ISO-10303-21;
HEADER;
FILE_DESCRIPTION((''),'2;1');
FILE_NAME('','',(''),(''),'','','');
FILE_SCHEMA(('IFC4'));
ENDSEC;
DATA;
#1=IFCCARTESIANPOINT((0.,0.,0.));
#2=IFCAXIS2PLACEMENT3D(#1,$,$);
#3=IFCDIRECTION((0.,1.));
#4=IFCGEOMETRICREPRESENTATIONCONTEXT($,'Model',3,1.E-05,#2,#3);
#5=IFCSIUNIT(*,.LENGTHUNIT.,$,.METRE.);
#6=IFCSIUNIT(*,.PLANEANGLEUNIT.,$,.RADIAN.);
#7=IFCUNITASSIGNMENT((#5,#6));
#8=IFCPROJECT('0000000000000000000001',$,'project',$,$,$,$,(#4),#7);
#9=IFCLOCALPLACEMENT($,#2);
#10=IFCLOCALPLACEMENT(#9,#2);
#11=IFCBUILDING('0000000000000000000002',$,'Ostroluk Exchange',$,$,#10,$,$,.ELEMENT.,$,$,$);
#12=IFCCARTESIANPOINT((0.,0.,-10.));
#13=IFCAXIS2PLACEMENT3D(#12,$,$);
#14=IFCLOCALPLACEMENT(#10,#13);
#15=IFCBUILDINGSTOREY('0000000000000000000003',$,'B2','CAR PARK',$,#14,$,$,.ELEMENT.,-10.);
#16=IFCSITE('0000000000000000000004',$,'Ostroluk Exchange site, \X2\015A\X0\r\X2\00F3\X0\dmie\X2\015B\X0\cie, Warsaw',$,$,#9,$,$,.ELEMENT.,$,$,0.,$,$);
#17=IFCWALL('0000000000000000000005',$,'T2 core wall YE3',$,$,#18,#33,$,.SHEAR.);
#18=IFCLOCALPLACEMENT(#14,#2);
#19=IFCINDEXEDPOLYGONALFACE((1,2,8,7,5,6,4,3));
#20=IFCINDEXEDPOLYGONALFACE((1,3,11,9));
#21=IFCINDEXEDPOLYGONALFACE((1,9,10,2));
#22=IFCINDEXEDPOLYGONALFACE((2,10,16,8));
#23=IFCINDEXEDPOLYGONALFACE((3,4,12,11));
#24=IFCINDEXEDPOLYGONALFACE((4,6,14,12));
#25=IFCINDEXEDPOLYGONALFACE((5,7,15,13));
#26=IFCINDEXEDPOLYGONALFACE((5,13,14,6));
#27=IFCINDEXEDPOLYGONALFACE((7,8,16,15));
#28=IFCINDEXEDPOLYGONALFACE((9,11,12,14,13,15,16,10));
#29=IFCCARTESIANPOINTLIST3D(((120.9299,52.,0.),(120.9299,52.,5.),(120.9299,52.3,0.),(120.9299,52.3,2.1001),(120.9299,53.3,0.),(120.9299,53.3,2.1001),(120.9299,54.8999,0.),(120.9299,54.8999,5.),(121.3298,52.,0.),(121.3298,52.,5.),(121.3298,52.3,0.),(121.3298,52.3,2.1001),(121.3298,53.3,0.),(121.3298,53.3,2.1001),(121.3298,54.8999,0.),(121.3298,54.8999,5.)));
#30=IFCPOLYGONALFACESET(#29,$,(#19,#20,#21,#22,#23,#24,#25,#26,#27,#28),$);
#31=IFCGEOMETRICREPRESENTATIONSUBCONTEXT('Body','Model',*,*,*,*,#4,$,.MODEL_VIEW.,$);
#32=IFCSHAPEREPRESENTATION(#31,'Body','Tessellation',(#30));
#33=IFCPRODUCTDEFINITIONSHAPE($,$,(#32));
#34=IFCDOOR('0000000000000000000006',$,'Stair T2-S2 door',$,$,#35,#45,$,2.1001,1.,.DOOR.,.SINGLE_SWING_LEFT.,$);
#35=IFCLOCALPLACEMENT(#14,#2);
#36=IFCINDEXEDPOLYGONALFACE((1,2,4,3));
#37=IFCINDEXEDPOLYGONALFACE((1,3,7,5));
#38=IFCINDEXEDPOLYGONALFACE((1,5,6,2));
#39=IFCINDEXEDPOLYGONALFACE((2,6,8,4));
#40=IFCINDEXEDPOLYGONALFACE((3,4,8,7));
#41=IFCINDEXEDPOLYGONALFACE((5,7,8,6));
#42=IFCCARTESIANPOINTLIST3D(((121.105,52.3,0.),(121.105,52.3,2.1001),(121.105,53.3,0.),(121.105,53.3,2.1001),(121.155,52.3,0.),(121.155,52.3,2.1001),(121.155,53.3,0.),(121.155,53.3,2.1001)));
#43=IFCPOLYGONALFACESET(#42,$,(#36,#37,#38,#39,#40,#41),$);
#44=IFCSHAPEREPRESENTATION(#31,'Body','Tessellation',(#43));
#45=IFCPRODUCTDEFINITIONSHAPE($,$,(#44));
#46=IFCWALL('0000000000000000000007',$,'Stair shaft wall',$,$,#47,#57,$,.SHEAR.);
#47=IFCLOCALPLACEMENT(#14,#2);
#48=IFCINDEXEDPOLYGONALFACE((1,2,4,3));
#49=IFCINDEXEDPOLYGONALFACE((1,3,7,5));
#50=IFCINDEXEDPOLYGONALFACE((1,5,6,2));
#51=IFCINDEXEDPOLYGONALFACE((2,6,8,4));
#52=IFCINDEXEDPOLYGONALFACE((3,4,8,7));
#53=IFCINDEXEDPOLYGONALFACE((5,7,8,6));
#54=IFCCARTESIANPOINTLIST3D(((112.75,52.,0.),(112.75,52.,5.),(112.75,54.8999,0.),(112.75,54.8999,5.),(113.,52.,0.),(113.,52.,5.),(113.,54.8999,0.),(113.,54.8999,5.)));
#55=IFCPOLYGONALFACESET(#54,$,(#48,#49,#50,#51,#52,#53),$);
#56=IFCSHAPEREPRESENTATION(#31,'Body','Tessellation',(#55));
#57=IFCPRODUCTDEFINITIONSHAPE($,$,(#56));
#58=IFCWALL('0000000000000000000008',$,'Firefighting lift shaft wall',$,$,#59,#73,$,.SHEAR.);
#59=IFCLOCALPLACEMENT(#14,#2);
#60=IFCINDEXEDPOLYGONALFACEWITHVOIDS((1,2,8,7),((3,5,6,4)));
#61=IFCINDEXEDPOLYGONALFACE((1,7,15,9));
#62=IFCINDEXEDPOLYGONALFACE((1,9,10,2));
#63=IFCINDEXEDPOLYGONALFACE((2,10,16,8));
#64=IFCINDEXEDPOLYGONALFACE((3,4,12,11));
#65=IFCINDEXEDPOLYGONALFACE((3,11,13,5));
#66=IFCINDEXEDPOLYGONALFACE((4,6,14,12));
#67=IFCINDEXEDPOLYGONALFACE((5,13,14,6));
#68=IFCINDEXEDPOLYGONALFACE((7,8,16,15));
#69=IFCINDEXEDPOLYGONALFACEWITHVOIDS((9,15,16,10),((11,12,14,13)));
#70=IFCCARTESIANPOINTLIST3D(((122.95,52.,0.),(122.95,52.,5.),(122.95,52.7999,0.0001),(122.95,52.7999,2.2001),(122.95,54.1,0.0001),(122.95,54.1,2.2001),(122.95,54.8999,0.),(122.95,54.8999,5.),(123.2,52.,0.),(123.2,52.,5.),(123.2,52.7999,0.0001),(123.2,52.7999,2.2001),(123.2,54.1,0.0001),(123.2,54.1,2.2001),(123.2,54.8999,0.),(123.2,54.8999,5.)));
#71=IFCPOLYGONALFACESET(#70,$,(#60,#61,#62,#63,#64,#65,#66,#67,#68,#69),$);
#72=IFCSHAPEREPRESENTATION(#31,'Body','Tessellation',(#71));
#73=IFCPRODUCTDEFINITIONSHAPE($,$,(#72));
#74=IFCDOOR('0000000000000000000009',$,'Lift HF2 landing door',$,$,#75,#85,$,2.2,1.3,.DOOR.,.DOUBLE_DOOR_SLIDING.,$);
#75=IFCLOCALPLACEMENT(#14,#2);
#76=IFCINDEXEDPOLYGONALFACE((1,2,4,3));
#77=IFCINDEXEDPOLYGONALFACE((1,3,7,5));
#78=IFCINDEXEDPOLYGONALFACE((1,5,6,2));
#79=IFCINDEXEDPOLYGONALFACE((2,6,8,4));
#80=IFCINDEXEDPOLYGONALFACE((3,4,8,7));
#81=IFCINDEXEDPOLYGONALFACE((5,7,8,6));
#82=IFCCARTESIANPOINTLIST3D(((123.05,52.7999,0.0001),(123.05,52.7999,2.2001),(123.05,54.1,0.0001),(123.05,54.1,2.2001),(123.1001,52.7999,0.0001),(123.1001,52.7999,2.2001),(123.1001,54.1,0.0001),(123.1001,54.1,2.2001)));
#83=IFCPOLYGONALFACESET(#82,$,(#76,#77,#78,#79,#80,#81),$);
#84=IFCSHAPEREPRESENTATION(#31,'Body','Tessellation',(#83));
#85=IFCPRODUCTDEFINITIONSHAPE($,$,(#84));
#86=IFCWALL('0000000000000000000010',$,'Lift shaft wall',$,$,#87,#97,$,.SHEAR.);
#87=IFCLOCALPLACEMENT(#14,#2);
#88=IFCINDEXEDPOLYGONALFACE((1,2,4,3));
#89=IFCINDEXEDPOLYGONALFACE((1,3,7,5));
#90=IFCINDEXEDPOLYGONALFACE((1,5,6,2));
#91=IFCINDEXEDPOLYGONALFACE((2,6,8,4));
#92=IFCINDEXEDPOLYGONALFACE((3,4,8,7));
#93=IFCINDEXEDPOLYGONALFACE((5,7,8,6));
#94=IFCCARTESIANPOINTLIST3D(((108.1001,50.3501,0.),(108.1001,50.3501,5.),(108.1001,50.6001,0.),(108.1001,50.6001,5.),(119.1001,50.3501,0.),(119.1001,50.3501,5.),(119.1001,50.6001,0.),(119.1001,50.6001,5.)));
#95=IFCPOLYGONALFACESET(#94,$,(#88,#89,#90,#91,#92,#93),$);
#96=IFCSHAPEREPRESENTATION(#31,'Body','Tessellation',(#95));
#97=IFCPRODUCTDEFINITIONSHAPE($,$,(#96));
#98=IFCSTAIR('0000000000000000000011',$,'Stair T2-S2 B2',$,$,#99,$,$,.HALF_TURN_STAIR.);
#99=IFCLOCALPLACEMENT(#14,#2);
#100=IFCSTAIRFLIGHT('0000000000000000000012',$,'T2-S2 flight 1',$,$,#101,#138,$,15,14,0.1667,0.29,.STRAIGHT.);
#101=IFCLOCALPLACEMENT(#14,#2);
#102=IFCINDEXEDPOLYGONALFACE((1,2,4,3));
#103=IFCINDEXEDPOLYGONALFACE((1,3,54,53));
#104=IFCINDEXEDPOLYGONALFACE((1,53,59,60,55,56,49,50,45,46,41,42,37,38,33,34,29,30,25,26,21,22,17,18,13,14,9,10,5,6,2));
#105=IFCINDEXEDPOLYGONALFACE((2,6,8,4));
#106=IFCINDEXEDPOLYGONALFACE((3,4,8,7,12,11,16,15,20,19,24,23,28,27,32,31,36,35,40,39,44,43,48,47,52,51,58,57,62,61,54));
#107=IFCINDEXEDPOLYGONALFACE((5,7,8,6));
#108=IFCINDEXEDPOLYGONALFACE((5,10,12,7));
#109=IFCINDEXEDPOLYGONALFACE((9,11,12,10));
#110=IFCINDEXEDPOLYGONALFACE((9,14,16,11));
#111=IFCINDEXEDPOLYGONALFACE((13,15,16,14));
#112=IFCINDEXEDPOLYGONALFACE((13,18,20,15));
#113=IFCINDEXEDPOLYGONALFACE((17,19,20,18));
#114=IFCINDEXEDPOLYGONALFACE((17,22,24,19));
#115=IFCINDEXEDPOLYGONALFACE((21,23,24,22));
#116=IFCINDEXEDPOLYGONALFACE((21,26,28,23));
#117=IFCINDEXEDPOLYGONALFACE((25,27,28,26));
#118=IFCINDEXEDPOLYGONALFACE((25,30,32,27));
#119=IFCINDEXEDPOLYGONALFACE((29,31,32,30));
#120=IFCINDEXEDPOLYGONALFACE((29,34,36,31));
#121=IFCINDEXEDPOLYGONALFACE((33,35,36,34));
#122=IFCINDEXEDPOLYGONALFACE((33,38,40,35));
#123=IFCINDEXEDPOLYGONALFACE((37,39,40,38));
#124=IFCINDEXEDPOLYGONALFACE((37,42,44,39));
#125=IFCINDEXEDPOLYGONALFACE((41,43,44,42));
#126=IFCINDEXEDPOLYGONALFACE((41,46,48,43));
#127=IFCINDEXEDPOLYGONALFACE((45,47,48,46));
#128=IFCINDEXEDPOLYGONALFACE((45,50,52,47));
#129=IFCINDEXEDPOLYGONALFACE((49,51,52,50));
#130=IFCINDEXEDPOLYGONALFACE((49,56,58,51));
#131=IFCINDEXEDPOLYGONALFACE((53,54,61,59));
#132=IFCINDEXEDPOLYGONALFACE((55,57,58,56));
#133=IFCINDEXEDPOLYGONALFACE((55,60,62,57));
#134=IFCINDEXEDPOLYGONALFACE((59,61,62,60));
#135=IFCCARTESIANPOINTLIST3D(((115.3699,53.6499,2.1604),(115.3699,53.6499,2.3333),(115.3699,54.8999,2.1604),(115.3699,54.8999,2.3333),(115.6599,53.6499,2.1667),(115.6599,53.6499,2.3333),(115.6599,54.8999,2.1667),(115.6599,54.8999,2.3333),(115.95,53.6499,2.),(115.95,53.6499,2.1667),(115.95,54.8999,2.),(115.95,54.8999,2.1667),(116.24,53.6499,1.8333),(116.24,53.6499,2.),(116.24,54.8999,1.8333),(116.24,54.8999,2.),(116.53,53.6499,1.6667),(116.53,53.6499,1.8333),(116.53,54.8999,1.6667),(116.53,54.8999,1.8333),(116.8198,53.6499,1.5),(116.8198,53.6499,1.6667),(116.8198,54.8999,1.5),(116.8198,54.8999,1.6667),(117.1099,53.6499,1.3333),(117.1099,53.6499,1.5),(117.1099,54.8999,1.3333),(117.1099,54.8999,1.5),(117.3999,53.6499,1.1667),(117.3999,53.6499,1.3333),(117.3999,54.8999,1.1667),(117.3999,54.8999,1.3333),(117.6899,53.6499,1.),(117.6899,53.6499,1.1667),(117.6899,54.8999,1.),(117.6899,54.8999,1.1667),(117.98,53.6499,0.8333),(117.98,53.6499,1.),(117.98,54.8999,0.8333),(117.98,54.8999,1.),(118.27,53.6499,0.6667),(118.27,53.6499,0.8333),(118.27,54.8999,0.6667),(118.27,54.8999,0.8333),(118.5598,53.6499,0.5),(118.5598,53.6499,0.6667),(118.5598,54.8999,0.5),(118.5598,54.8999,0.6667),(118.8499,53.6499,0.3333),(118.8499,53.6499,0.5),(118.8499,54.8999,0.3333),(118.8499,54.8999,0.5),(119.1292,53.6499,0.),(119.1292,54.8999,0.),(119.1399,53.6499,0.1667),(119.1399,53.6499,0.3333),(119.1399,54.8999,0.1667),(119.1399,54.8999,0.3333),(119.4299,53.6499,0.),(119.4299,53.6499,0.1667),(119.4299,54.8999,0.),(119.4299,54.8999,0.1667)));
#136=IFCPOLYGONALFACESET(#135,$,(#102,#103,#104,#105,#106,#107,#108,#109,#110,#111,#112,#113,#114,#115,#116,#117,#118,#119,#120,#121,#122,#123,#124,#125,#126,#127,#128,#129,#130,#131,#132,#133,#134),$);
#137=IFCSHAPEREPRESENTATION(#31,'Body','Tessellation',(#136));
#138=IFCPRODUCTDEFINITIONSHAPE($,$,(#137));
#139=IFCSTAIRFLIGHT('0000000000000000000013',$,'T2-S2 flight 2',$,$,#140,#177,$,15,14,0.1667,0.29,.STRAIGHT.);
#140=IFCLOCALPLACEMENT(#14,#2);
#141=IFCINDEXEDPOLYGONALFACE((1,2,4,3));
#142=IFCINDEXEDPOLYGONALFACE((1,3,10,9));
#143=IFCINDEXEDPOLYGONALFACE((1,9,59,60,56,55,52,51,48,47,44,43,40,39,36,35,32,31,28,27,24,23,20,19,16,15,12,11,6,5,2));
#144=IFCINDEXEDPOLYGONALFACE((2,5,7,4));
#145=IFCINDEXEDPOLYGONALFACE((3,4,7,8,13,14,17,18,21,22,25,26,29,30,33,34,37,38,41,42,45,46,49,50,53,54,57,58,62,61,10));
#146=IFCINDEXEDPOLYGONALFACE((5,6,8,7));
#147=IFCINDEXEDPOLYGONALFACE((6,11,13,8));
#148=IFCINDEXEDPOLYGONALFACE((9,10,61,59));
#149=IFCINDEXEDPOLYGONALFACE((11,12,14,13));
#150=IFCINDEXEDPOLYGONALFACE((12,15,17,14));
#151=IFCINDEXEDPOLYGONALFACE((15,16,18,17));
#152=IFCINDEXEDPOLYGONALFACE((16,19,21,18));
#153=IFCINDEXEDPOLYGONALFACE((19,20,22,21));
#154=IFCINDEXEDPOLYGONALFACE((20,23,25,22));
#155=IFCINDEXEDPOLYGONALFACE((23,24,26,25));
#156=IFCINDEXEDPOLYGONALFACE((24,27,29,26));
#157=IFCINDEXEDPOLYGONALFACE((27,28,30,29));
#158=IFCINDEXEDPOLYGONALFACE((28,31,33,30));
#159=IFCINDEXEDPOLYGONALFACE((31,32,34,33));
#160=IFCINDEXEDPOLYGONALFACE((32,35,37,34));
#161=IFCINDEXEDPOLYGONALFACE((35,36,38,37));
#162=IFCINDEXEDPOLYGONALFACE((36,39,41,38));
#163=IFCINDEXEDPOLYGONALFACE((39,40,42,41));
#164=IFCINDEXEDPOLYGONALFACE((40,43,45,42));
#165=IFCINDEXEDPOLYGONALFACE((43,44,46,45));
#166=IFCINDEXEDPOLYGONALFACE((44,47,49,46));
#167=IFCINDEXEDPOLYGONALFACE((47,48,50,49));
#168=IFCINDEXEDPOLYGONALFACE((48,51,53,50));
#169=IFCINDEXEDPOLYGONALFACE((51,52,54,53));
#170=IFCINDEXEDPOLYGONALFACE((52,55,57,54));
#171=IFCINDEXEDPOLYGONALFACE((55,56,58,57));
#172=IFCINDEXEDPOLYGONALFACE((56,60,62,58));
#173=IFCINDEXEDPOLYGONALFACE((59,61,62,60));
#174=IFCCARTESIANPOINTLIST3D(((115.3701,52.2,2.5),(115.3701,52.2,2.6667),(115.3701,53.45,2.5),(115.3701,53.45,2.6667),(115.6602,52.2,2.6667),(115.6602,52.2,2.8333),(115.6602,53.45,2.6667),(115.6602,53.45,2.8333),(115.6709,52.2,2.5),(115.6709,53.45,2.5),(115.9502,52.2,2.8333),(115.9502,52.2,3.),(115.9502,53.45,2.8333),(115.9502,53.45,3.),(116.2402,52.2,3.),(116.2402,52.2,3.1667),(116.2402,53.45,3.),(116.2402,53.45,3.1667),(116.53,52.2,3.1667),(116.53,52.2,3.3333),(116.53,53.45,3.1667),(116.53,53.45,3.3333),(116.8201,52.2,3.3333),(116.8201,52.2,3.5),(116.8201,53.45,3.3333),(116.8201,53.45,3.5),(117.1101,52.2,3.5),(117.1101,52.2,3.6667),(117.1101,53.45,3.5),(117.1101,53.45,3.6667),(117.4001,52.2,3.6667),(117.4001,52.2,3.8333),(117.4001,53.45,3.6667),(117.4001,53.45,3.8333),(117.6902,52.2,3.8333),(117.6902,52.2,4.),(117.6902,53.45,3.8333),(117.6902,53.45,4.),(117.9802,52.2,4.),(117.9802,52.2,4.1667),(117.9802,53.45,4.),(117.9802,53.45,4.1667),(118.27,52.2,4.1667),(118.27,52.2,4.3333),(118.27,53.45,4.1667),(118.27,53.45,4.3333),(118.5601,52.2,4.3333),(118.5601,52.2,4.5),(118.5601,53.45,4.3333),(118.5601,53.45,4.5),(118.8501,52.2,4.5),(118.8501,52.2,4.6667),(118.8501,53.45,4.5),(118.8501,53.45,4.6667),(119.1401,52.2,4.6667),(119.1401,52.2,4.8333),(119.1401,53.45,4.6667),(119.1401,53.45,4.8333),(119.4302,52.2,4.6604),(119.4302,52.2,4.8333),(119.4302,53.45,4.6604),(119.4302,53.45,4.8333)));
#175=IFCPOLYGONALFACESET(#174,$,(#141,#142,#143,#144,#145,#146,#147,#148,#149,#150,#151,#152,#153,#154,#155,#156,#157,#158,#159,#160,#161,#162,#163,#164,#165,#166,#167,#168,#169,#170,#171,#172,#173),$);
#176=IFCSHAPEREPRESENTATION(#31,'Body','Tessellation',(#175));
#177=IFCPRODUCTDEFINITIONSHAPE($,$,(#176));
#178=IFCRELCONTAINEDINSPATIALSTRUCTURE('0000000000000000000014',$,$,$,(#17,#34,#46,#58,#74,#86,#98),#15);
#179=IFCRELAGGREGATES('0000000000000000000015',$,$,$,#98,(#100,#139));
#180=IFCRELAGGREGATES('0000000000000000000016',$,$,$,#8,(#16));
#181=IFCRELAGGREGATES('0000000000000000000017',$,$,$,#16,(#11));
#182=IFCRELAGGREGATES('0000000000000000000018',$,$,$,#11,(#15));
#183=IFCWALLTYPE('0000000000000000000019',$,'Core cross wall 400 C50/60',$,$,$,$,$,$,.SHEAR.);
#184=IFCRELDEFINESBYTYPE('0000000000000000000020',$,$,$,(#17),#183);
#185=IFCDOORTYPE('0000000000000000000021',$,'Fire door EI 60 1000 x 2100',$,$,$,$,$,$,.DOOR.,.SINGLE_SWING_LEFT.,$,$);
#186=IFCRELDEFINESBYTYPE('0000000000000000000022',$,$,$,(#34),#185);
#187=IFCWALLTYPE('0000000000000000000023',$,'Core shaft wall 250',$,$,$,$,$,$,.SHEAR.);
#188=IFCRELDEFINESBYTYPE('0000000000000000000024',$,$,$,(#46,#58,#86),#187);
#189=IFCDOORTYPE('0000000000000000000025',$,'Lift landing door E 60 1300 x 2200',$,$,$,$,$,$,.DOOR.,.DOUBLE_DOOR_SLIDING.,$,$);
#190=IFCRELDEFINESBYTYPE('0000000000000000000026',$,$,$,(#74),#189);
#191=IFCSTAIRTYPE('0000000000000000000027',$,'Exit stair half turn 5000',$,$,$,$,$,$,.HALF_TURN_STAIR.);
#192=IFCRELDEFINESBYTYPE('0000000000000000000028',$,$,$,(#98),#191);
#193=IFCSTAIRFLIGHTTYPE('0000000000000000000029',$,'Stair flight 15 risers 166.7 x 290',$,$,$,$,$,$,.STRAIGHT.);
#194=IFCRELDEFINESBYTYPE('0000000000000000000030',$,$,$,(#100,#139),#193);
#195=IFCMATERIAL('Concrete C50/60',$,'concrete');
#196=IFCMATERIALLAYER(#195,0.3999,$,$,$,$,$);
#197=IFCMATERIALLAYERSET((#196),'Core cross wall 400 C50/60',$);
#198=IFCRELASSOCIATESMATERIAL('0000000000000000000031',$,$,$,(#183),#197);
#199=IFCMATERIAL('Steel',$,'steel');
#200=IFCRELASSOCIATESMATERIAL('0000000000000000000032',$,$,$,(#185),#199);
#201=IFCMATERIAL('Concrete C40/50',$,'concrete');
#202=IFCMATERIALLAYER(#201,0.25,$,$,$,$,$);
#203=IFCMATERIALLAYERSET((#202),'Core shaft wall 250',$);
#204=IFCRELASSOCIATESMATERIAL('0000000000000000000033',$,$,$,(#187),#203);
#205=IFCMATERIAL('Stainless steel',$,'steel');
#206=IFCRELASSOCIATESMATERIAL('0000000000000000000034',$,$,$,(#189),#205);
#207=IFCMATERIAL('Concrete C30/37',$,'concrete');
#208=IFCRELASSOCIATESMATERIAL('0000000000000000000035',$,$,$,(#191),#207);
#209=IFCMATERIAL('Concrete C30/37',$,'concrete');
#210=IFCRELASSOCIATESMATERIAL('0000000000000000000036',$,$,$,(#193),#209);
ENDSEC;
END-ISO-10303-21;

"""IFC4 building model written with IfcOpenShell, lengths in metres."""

from ifc_helpers import new_model, si_unit, direction, frame, frame_2d, origin, place, context, subcontext, project, spatial, polyline, rectangle, outline, extrude, material, layer, layer_set, type_object, element, fill, aggregate, save


model = new_model("IFC4")

# Units and contexts
model_context = context("Model", 3, precision=1e-05, world=origin(), true_north=direction((0.0, 1.0)))
body_context = subcontext(model_context, "Body", "Model", "MODEL_VIEW")
ifc_project = project(units=[si_unit("LENGTHUNIT", "METRE"), si_unit("PLANEANGLEUNIT", "RADIAN")], contexts=[model_context])

# Site, building, storey
site_placement = place(None, origin())
site = spatial("IfcSite", under=ifc_project, at=site_placement, Name="Ostroluk Exchange site, Śródmieście, Warsaw", CompositionType="ELEMENT", RefElevation=0.0)
building_placement = place(site_placement, origin())
building = spatial("IfcBuilding", under=site, at=building_placement, Name="Ostroluk Exchange", CompositionType="ELEMENT")
storey_placement = place(building_placement, frame((0.0, 0.0, -10.0)))
storey = spatial("IfcBuildingStorey", under=building, at=storey_placement, Name="B2", Description="CAR PARK", CompositionType="ELEMENT", Elevation=-10.0)

# Shared definitions
ifc_material_1 = material(Name="Concrete C50/60", Category="concrete")
ifc_layer_1 = layer(ifc_material_1, 0.3999)
ifc_layer_set_1 = layer_set([ifc_layer_1], Name="Core cross wall 400 C50/60")
wall_type_1 = type_object("IfcWallType", Name="Core cross wall 400 C50/60", PredefinedType="SHEAR", material=ifc_layer_set_1)

# Wall, opening, door
wall_1_placement = place(storey_placement, frame((121.1299, 52.0, 0.0), z_axis=(0.0, 0.0, 1.0), x_axis=(0.0, 1.0, 0.0)))
wall_1 = element("IfcWall", 1, at=wall_1_placement, inside=storey, type_object=wall_type_1, Name="T2 core wall YE3", PredefinedType="SHEAR", context=body_context, shape_type="SweptSolid", body=[
    extrude(rectangle(XDim=2.8999, YDim=0.3999, at=frame_2d((1.45, 0.0))), origin(), (0.0, 0.0, 1.0), 5.0),
])
opening_1_placement = place(wall_1_placement, frame((0.3, 0.0, 0.0)))
opening_1 = element("IfcOpeningElement", 2, at=opening_1_placement, cuts=wall_1, PredefinedType="OPENING", context=body_context, shape_type="SweptSolid", body=[
    extrude(rectangle(XDim=1.0, YDim=2.1001, at=frame_2d((0.5, 1.05))), frame((0.0, 0.21, 0.0), z_axis=(0.0, -1.0, 0.0), x_axis=(1.0, 0.0, 0.0)), (0.0, 0.0, 1.0), 0.4199),
])
ifc_material_2 = material(Name="Steel", Category="steel")
door_type_1 = type_object("IfcDoorType", Name="Fire door EI 60 1000 x 2100", OperationType="SINGLE_SWING_LEFT", PredefinedType="DOOR", material=ifc_material_2)
door_1_placement = place(opening_1_placement, origin())
door_1 = element("IfcDoor", 3, at=door_1_placement, inside=storey, type_object=door_type_1, Name="Stair T2-S2 door", OperationType="SINGLE_SWING_LEFT", OverallHeight=2.1001, OverallWidth=1.0, PredefinedType="DOOR", context=body_context, shape_type="SweptSolid", body=[
    extrude(rectangle(XDim=1.0, YDim=2.1001, at=frame_2d((0.5, 1.05))), frame((0.0, 0.0249, 0.0), z_axis=(0.0, -1.0, 0.0), x_axis=(1.0, 0.0, 0.0)), (0.0, 0.0, 1.0), 0.05),
])
fill(opening_1, door_1)

# Wall
ifc_material_3 = material(Name="Concrete C40/50", Category="concrete")
ifc_layer_2 = layer(ifc_material_3, 0.25)
ifc_layer_set_2 = layer_set([ifc_layer_2], Name="Core shaft wall 250")
wall_type_2 = type_object("IfcWallType", Name="Core shaft wall 250", PredefinedType="SHEAR", material=ifc_layer_set_2)
wall_2_placement = place(storey_placement, frame((112.875, 52.0, 0.0), z_axis=(0.0, 0.0, 1.0), x_axis=(0.0, 1.0, 0.0)))
element("IfcWall", 4, at=wall_2_placement, inside=storey, type_object=wall_type_2, Name="Stair shaft wall", PredefinedType="SHEAR", context=body_context, shape_type="SweptSolid", body=[
    extrude(rectangle(XDim=2.8999, YDim=0.25, at=frame_2d((1.45, 0.0))), origin(), (0.0, 0.0, 1.0), 5.0),
])

# Wall, opening, door
wall_3_placement = place(storey_placement, frame((123.075, 52.0, 0.0), z_axis=(0.0, 0.0, 1.0), x_axis=(0.0, 1.0, 0.0)))
wall_3 = element("IfcWall", 5, at=wall_3_placement, inside=storey, type_object=wall_type_2, Name="Firefighting lift shaft wall", PredefinedType="SHEAR", context=body_context, shape_type="SweptSolid", body=[
    extrude(rectangle(XDim=2.8999, YDim=0.25, at=frame_2d((1.45, 0.0))), origin(), (0.0, 0.0, 1.0), 5.0),
])
opening_2_placement = place(wall_3_placement, frame((0.8, 0.0, 0.0)))
opening_2 = element("IfcOpeningElement", 6, at=opening_2_placement, cuts=wall_3, PredefinedType="OPENING", context=body_context, shape_type="SweptSolid", body=[
    extrude(rectangle(XDim=1.3, YDim=2.2, at=frame_2d((0.6499, 1.1001))), frame((0.0, 0.135, 0.0), z_axis=(0.0, -1.0, 0.0), x_axis=(1.0, 0.0, 0.0)), (0.0, 0.0, 1.0), 0.27),
])
ifc_material_4 = material(Name="Stainless steel", Category="steel")
door_type_2 = type_object("IfcDoorType", Name="Lift landing door E 60 1300 x 2200", OperationType="DOUBLE_DOOR_SLIDING", PredefinedType="DOOR", material=ifc_material_4)
door_2_placement = place(opening_2_placement, origin())
door_2 = element("IfcDoor", 7, at=door_2_placement, inside=storey, type_object=door_type_2, Name="Lift HF2 landing door", OperationType="DOUBLE_DOOR_SLIDING", OverallHeight=2.2, OverallWidth=1.3, PredefinedType="DOOR", context=body_context, shape_type="SweptSolid", body=[
    extrude(rectangle(XDim=1.3, YDim=2.2, at=frame_2d((0.6499, 1.1001))), frame((0.0, 0.0249, 0.0), z_axis=(0.0, -1.0, 0.0), x_axis=(1.0, 0.0, 0.0)), (0.0, 0.0, 1.0), 0.05),
])
fill(opening_2, door_2)

# Wall
wall_4_placement = place(storey_placement, frame((108.1001, 50.4751, 0.0), z_axis=(0.0, 0.0, 1.0), x_axis=(1.0, 0.0, 0.0)))
element("IfcWall", 8, at=wall_4_placement, inside=storey, type_object=wall_type_2, Name="Lift shaft wall", PredefinedType="SHEAR", context=body_context, shape_type="SweptSolid", body=[
    extrude(rectangle(XDim=11.0, YDim=0.25, at=frame_2d((5.5, 0.0))), origin(), (0.0, 0.0, 1.0), 5.0),
])

# Stair, stair flights
ifc_material_5 = material(Name="Concrete C30/37", Category="concrete")
stair_type = type_object("IfcStairType", Name="Exit stair half turn 5000", PredefinedType="HALF_TURN_STAIR", material=ifc_material_5)
stair_placement = place(storey_placement, origin())
stair = element("IfcStair", 9, at=stair_placement, inside=storey, type_object=stair_type, Name="Stair T2-S2 B2", PredefinedType="HALF_TURN_STAIR")
ifc_material_6 = material(Name="Concrete C30/37", Category="concrete")
stair_flight_type = type_object("IfcStairFlightType", Name="Stair flight 15 risers 166.7 x 290", PredefinedType="STRAIGHT", material=ifc_material_6)
stair_flight_1_placement = place(storey_placement, frame((119.4299, 54.2749, 0.0), z_axis=(0.0, 0.0, 1.0), x_axis=(-1.0, 0.0, 0.0)))
stair_flight_1 = element("IfcStairFlight", 10, at=stair_flight_1_placement, type_object=stair_flight_type, Name="T2-S2 flight 1", NumberOfRisers=15, NumberOfTreads=14, PredefinedType="STRAIGHT", RiserHeight=0.1667, TreadLength=0.29, context=body_context, shape_type="SweptSolid", body=[
    extrude(outline(polyline([(0.0, 0.0), (0.0, 0.1667), (0.29, 0.1667), (0.29, 0.3333), (0.5801, 0.3333), (0.5801, 0.5), (0.8701, 0.5), (0.8701, 0.6667), (1.1599, 0.6667), (1.1599, 0.8333), (1.45, 0.8333), (1.45, 1.0), (1.74, 1.0), (1.74, 1.1667), (2.03, 1.1667), (2.03, 1.3333), (2.3201, 1.3333), (2.3201, 1.5), (2.6101, 1.5), (2.6101, 1.6667), (2.8999, 1.6667), (2.8999, 1.8333), (3.1899, 1.8333), (3.1899, 2.0), (3.48, 2.0), (3.48, 2.1667), (3.77, 2.1667), (3.77, 2.3333), (4.0601, 2.3333), (4.0601, 2.5), (4.0601, 2.1604), (0.3008, 0.0), (0.0, 0.0)])), frame((0.0, 0.625, 0.0), z_axis=(0.0, -1.0, 0.0), x_axis=(1.0, 0.0, 0.0)), (0.0, 0.0, 1.0), 1.25),
])
stair_flight_2_placement = place(storey_placement, frame((115.3701, 52.825, 2.5), z_axis=(0.0, 0.0, 1.0), x_axis=(1.0, 0.0, 0.0)))
stair_flight_2 = element("IfcStairFlight", 11, at=stair_flight_2_placement, type_object=stair_flight_type, Name="T2-S2 flight 2", NumberOfRisers=15, NumberOfTreads=14, PredefinedType="STRAIGHT", RiserHeight=0.1667, TreadLength=0.29, context=body_context, shape_type="SweptSolid", body=[
    extrude(outline(polyline([(0.0, 0.0), (0.0, 0.1667), (0.29, 0.1667), (0.29, 0.3333), (0.5801, 0.3333), (0.5801, 0.5), (0.8701, 0.5), (0.8701, 0.6667), (1.1599, 0.6667), (1.1599, 0.8333), (1.45, 0.8333), (1.45, 1.0), (1.74, 1.0), (1.74, 1.1667), (2.03, 1.1667), (2.03, 1.3333), (2.3201, 1.3333), (2.3201, 1.5), (2.6101, 1.5), (2.6101, 1.6667), (2.8999, 1.6667), (2.8999, 1.8333), (3.1899, 1.8333), (3.1899, 2.0), (3.48, 2.0), (3.48, 2.1667), (3.77, 2.1667), (3.77, 2.3333), (4.0601, 2.3333), (4.0601, 2.5), (4.0601, 2.1604), (0.3008, 0.0), (0.0, 0.0)])), frame((0.0, 0.625, 0.0), z_axis=(0.0, -1.0, 0.0), x_axis=(1.0, 0.0, 0.0)), (0.0, 0.0, 1.0), 1.25),
])
aggregate(stair, [stair_flight_1, stair_flight_2])

save(model, "model.ifc")
